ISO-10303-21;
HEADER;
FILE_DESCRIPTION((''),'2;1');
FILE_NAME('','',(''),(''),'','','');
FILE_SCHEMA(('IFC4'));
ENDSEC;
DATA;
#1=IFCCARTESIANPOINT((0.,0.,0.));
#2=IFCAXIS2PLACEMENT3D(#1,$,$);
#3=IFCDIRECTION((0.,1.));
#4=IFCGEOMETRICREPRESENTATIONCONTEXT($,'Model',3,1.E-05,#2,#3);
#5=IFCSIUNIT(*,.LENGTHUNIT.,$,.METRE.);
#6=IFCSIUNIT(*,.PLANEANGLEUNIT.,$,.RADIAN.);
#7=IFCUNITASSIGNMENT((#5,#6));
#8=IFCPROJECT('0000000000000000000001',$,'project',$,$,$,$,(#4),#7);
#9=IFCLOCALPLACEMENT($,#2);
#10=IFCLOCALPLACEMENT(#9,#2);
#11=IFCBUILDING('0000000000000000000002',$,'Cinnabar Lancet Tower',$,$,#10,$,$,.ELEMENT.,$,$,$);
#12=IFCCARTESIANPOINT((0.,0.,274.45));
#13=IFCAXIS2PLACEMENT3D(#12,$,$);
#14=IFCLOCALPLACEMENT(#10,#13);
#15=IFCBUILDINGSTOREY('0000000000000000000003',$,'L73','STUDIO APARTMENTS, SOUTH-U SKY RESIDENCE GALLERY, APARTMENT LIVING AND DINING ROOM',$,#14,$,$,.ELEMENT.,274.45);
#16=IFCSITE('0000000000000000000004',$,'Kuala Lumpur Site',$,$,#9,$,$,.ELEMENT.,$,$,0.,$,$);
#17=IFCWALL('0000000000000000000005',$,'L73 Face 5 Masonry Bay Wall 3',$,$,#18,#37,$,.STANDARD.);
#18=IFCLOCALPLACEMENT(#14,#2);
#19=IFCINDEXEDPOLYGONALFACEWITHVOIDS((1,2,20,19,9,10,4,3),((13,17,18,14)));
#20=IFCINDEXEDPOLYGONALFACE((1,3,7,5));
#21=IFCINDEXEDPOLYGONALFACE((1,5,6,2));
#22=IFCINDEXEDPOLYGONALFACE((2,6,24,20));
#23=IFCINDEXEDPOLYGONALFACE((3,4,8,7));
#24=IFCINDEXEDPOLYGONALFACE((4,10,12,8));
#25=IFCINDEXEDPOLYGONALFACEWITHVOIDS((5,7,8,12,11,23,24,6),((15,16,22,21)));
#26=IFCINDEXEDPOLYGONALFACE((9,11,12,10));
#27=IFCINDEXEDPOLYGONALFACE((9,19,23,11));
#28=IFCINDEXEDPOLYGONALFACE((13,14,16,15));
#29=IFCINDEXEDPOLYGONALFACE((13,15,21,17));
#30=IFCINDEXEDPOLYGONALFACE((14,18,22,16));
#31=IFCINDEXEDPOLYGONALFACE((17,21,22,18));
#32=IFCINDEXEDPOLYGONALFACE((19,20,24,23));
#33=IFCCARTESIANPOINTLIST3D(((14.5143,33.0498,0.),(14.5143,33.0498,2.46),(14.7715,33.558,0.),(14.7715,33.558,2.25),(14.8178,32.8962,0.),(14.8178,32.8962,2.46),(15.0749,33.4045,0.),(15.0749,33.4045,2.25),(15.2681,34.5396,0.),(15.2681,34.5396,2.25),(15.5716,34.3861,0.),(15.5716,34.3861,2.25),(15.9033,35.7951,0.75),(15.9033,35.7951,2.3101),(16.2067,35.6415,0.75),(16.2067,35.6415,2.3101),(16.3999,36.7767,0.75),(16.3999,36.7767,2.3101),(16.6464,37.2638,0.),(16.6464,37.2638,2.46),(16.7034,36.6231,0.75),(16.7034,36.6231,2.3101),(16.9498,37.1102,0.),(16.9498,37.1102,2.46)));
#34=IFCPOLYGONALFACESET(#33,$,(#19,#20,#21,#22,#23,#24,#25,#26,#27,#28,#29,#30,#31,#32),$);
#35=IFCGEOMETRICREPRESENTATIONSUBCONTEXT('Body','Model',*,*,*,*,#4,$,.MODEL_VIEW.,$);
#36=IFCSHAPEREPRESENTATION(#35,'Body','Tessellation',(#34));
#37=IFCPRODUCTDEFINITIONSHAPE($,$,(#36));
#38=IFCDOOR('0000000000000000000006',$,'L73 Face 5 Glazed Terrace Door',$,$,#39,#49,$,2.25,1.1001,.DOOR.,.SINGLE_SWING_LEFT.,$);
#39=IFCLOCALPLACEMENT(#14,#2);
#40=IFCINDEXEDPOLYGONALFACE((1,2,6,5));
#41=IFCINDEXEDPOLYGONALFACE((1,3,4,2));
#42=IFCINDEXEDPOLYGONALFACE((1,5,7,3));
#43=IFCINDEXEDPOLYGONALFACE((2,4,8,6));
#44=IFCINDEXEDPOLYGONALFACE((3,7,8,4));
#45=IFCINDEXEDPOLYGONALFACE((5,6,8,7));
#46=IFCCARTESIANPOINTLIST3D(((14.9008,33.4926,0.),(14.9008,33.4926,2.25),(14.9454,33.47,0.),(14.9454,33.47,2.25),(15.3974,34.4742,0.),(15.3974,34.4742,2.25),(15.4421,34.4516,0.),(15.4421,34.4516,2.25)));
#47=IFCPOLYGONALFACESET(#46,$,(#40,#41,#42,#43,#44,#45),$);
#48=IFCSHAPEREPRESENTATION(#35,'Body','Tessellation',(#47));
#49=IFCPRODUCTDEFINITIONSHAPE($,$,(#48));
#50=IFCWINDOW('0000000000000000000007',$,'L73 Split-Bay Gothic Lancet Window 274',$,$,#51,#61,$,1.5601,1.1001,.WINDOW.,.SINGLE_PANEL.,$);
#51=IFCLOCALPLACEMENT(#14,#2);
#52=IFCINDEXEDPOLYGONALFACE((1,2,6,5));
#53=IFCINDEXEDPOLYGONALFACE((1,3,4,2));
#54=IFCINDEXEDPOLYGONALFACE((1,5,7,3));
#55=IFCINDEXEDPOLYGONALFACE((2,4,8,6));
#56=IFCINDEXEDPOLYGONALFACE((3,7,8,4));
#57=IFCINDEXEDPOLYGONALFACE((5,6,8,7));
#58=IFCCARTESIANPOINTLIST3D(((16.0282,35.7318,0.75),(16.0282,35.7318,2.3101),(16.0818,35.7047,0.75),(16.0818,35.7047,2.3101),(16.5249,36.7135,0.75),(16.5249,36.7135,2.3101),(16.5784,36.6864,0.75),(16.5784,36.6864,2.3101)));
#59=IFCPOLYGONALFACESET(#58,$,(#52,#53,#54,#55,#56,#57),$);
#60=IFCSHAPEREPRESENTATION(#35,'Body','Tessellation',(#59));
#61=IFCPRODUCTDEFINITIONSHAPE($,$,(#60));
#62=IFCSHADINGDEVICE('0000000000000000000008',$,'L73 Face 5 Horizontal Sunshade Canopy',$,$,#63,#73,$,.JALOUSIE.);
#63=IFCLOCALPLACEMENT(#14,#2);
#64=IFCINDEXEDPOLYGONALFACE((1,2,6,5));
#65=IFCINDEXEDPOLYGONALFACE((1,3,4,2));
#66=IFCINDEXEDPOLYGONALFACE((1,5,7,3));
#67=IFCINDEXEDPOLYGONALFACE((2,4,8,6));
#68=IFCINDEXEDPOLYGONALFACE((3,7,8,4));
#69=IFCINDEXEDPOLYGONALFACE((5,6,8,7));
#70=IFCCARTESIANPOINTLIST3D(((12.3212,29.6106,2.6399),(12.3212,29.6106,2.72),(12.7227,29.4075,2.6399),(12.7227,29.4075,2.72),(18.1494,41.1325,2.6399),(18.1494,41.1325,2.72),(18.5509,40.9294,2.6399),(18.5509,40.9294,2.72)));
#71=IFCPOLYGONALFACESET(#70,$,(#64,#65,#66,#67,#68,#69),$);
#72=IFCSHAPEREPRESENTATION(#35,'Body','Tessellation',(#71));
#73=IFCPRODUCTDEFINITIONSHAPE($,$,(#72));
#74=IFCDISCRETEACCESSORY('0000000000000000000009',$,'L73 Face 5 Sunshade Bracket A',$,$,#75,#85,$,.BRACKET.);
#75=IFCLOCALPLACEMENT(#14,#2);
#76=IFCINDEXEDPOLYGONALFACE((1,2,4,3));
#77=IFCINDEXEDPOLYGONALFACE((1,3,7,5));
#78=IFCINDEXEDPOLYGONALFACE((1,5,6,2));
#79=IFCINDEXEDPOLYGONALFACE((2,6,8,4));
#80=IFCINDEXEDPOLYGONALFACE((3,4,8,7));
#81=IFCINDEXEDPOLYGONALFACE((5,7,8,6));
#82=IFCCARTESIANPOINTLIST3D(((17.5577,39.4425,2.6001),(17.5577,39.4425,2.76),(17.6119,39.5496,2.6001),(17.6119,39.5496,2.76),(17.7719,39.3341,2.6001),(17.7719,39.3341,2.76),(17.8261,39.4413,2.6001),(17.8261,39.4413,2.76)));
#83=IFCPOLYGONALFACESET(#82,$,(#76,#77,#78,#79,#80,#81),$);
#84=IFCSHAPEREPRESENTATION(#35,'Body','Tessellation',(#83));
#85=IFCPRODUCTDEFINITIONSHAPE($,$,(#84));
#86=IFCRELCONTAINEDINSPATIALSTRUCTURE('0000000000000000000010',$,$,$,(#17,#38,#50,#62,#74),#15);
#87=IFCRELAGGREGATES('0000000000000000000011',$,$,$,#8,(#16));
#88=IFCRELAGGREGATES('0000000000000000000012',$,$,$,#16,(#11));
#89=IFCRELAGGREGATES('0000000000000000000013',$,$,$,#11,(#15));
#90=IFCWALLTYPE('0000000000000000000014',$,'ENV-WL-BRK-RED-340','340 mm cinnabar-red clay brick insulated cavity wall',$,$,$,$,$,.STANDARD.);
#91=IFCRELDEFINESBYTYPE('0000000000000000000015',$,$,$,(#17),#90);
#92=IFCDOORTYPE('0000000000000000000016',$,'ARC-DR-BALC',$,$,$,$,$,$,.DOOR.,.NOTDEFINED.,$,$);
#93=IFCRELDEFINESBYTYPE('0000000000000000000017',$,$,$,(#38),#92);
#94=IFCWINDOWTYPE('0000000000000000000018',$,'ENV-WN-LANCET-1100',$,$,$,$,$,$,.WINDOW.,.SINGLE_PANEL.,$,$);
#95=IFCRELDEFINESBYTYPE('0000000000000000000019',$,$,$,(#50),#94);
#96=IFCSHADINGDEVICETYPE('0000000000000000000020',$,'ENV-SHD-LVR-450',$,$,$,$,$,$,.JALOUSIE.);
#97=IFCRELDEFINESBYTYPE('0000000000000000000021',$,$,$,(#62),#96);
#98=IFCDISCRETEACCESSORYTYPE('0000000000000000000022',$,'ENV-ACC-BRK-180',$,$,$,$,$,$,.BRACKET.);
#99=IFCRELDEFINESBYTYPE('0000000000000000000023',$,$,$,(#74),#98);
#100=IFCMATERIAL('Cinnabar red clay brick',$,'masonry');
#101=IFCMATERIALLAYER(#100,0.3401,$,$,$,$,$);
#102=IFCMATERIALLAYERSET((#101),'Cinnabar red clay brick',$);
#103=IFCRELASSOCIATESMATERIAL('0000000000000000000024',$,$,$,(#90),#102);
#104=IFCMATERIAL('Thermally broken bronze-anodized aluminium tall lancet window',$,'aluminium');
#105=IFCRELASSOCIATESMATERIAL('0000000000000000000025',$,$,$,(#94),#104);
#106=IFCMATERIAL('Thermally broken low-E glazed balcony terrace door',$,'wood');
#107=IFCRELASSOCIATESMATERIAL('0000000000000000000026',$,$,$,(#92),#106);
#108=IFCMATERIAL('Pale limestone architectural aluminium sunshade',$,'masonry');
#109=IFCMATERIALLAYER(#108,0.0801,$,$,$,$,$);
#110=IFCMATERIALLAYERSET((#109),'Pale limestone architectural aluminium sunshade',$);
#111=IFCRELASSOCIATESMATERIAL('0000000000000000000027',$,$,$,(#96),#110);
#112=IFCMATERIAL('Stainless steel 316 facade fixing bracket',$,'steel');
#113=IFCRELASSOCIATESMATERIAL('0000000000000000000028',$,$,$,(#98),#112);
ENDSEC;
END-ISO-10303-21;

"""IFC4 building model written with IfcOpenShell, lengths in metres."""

from ifc_helpers import new_model, si_unit, direction, frame, frame_2d, origin, origin_2d, place, context, subcontext, project, spatial, rectangle, extrude, material, layer, layer_set, type_object, element, fill, save


model = new_model("IFC4")

# Units and contexts
model_context = context("Model", 3, precision=1e-05, world=origin(), true_north=direction((0.0, 1.0)))
body_context = subcontext(model_context, "Body", "Model", "MODEL_VIEW")
ifc_project = project(units=[si_unit("LENGTHUNIT", "METRE"), si_unit("PLANEANGLEUNIT", "RADIAN")], contexts=[model_context])

# Site, building, storey
site_placement = place(None, origin())
site = spatial("IfcSite", under=ifc_project, at=site_placement, Name="Kuala Lumpur Site", CompositionType="ELEMENT", RefElevation=0.0)
building_placement = place(site_placement, origin())
building = spatial("IfcBuilding", under=site, at=building_placement, Name="Cinnabar Lancet Tower", CompositionType="ELEMENT")
storey_placement = place(building_placement, frame((0.0, 0.0, 274.45)))
storey = spatial("IfcBuildingStorey", under=building, at=storey_placement, Name="L73", Description="STUDIO APARTMENTS, SOUTH-U SKY RESIDENCE GALLERY, APARTMENT LIVING AND DINING ROOM", CompositionType="ELEMENT", Elevation=274.45)

# Shared definitions
ifc_material_1 = material(Name="Cinnabar red clay brick", Category="masonry")
ifc_layer_1 = layer(ifc_material_1, 0.3401)
ifc_layer_set_1 = layer_set([ifc_layer_1], Name="Cinnabar red clay brick")
wall_type_1 = type_object("IfcWallType", Name="ENV-WL-BRK-RED-340", Description="340 mm cinnabar-red clay brick insulated cavity wall", PredefinedType="STANDARD", material=ifc_layer_set_1)

# Shared definitions
ifc_material_2 = material(Name="Thermally broken bronze-anodized aluminium tall lancet window", Category="aluminium")
window_type = type_object("IfcWindowType", Name="ENV-WN-LANCET-1100", PartitioningType="SINGLE_PANEL", PredefinedType="WINDOW", material=ifc_material_2)

# Wall, openings, door, window
wall_1_placement = place(storey_placement, frame((16.7981, 37.187, 0.0), z_axis=(0.0, 0.0, 1.0), x_axis=(-0.451448, -0.892298, 0.0)))
wall_1 = element("IfcWall", 1, at=wall_1_placement, inside=storey, type_object=wall_type_1, Name="L73 Face 5 Masonry Bay Wall 3", PredefinedType="STANDARD", context=body_context, shape_type="SweptSolid", body=[
    extrude(rectangle(XDim=4.7227, YDim=0.3401, at=frame_2d((2.3613, 0.0))), origin(), (0.0, 0.0, 1.0), 2.46),
])
opening_1_placement = place(wall_1_placement, frame((3.053, 0.0, 0.0)))
opening_1 = element("IfcOpeningElement", 2, at=opening_1_placement, cuts=wall_1, PredefinedType="OPENING", context=body_context, shape_type="SweptSolid", body=[
    extrude(rectangle(XDim=1.1001, YDim=2.25, at=frame_2d((0.55, 1.125))), frame((0.0, 0.1799, 0.0), z_axis=(0.0, -1.0, 0.0), x_axis=(1.0, 0.0, 0.0)), (0.0, 0.0, 1.0), 0.3601),
])
opening_2_placement = place(wall_1_placement, frame((0.5459, 0.0, 0.75)))
opening_2 = element("IfcOpeningElement", 3, at=opening_2_placement, cuts=wall_1, PredefinedType="OPENING", context=body_context, shape_type="SweptSolid", body=[
    extrude(rectangle(XDim=1.1001, YDim=1.5601, at=frame_2d((0.55, 0.78))), frame((0.0, 0.1799, 0.0), z_axis=(0.0, -1.0, 0.0), x_axis=(1.0, 0.0, 0.0)), (0.0, 0.0, 1.0), 0.3601),
])
ifc_material_3 = material(Name="Thermally broken low-E glazed balcony terrace door", Category="wood")
door_type_1 = type_object("IfcDoorType", Name="ARC-DR-BALC", OperationType="NOTDEFINED", PredefinedType="DOOR", material=ifc_material_3)
door_1_placement = place(opening_1_placement, origin())
door_1 = element("IfcDoor", 4, at=door_1_placement, inside=storey, type_object=door_type_1, Name="L73 Face 5 Glazed Terrace Door", OperationType="SINGLE_SWING_LEFT", OverallHeight=2.25, OverallWidth=1.1001, PredefinedType="DOOR", context=body_context, shape_type="SweptSolid", body=[
    extrude(rectangle(XDim=1.1001, YDim=2.25, at=frame_2d((0.55, 1.125))), frame((0.0, 0.0249, 0.0), z_axis=(0.0, -1.0, 0.0), x_axis=(1.0, 0.0, 0.0)), (0.0, 0.0, 1.0), 0.05),
])
fill(opening_1, door_1)
window_1_placement = place(opening_2_placement, origin())
window_1 = element("IfcWindow", 5, at=window_1_placement, inside=storey, type_object=window_type, Name="L73 Split-Bay Gothic Lancet Window 274", OverallHeight=1.5601, OverallWidth=1.1001, PartitioningType="SINGLE_PANEL", PredefinedType="WINDOW", context=body_context, shape_type="SweptSolid", body=[
    extrude(rectangle(XDim=1.1001, YDim=1.5601, at=frame_2d((0.55, 0.78))), frame((0.0, 0.03, 0.0), z_axis=(0.0, -1.0, 0.0), x_axis=(1.0, 0.0, 0.0)), (0.0, 0.0, 1.0), 0.0601),
])
fill(opening_2, window_1)

# Shading device
ifc_material_4 = material(Name="Pale limestone architectural aluminium sunshade", Category="masonry")
ifc_layer_2 = layer(ifc_material_4, 0.0801)
ifc_layer_set_2 = layer_set([ifc_layer_2], Name="Pale limestone architectural aluminium sunshade")
shading_device_type = type_object("IfcShadingDeviceType", Name="ENV-SHD-LVR-450", PredefinedType="JALOUSIE", material=ifc_layer_set_2)
shading_device_placement = place(storey_placement, frame((15.436, 35.27, 2.6399), z_axis=(0.0, 0.0, 1.0), x_axis=(-0.451376, -0.892334, 0.0)))
element("IfcShadingDevice", 6, at=shading_device_placement, inside=storey, type_object=shading_device_type, Name="L73 Face 5 Horizontal Sunshade Canopy", PredefinedType="JALOUSIE", context=body_context, shape_type="SweptSolid", body=[
    extrude(rectangle(XDim=12.9121, YDim=0.45, at=origin_2d()), origin(), (0.0, 0.0, 1.0), 0.0801),
])

# Discrete accessory
ifc_material_5 = material(Name="Stainless steel 316 facade fixing bracket", Category="steel")
discrete_accessory_type = type_object("IfcDiscreteAccessoryType", Name="ENV-ACC-BRK-180", PredefinedType="BRACKET", material=ifc_material_5)
discrete_accessory_placement = place(storey_placement, frame((17.6919, 39.4419, 2.6001), z_axis=(0.0, 0.0, 1.0), x_axis=(-0.451376, -0.892334, 0.0)))
element("IfcDiscreteAccessory", 7, at=discrete_accessory_placement, inside=storey, type_object=discrete_accessory_type, Name="L73 Face 5 Sunshade Bracket A", PredefinedType="BRACKET", context=body_context, shape_type="SweptSolid", body=[
    extrude(rectangle(XDim=0.1201, YDim=0.24, at=origin_2d()), origin(), (0.0, 0.0, 1.0), 0.1599),
])

save(model, "model.ifc")
